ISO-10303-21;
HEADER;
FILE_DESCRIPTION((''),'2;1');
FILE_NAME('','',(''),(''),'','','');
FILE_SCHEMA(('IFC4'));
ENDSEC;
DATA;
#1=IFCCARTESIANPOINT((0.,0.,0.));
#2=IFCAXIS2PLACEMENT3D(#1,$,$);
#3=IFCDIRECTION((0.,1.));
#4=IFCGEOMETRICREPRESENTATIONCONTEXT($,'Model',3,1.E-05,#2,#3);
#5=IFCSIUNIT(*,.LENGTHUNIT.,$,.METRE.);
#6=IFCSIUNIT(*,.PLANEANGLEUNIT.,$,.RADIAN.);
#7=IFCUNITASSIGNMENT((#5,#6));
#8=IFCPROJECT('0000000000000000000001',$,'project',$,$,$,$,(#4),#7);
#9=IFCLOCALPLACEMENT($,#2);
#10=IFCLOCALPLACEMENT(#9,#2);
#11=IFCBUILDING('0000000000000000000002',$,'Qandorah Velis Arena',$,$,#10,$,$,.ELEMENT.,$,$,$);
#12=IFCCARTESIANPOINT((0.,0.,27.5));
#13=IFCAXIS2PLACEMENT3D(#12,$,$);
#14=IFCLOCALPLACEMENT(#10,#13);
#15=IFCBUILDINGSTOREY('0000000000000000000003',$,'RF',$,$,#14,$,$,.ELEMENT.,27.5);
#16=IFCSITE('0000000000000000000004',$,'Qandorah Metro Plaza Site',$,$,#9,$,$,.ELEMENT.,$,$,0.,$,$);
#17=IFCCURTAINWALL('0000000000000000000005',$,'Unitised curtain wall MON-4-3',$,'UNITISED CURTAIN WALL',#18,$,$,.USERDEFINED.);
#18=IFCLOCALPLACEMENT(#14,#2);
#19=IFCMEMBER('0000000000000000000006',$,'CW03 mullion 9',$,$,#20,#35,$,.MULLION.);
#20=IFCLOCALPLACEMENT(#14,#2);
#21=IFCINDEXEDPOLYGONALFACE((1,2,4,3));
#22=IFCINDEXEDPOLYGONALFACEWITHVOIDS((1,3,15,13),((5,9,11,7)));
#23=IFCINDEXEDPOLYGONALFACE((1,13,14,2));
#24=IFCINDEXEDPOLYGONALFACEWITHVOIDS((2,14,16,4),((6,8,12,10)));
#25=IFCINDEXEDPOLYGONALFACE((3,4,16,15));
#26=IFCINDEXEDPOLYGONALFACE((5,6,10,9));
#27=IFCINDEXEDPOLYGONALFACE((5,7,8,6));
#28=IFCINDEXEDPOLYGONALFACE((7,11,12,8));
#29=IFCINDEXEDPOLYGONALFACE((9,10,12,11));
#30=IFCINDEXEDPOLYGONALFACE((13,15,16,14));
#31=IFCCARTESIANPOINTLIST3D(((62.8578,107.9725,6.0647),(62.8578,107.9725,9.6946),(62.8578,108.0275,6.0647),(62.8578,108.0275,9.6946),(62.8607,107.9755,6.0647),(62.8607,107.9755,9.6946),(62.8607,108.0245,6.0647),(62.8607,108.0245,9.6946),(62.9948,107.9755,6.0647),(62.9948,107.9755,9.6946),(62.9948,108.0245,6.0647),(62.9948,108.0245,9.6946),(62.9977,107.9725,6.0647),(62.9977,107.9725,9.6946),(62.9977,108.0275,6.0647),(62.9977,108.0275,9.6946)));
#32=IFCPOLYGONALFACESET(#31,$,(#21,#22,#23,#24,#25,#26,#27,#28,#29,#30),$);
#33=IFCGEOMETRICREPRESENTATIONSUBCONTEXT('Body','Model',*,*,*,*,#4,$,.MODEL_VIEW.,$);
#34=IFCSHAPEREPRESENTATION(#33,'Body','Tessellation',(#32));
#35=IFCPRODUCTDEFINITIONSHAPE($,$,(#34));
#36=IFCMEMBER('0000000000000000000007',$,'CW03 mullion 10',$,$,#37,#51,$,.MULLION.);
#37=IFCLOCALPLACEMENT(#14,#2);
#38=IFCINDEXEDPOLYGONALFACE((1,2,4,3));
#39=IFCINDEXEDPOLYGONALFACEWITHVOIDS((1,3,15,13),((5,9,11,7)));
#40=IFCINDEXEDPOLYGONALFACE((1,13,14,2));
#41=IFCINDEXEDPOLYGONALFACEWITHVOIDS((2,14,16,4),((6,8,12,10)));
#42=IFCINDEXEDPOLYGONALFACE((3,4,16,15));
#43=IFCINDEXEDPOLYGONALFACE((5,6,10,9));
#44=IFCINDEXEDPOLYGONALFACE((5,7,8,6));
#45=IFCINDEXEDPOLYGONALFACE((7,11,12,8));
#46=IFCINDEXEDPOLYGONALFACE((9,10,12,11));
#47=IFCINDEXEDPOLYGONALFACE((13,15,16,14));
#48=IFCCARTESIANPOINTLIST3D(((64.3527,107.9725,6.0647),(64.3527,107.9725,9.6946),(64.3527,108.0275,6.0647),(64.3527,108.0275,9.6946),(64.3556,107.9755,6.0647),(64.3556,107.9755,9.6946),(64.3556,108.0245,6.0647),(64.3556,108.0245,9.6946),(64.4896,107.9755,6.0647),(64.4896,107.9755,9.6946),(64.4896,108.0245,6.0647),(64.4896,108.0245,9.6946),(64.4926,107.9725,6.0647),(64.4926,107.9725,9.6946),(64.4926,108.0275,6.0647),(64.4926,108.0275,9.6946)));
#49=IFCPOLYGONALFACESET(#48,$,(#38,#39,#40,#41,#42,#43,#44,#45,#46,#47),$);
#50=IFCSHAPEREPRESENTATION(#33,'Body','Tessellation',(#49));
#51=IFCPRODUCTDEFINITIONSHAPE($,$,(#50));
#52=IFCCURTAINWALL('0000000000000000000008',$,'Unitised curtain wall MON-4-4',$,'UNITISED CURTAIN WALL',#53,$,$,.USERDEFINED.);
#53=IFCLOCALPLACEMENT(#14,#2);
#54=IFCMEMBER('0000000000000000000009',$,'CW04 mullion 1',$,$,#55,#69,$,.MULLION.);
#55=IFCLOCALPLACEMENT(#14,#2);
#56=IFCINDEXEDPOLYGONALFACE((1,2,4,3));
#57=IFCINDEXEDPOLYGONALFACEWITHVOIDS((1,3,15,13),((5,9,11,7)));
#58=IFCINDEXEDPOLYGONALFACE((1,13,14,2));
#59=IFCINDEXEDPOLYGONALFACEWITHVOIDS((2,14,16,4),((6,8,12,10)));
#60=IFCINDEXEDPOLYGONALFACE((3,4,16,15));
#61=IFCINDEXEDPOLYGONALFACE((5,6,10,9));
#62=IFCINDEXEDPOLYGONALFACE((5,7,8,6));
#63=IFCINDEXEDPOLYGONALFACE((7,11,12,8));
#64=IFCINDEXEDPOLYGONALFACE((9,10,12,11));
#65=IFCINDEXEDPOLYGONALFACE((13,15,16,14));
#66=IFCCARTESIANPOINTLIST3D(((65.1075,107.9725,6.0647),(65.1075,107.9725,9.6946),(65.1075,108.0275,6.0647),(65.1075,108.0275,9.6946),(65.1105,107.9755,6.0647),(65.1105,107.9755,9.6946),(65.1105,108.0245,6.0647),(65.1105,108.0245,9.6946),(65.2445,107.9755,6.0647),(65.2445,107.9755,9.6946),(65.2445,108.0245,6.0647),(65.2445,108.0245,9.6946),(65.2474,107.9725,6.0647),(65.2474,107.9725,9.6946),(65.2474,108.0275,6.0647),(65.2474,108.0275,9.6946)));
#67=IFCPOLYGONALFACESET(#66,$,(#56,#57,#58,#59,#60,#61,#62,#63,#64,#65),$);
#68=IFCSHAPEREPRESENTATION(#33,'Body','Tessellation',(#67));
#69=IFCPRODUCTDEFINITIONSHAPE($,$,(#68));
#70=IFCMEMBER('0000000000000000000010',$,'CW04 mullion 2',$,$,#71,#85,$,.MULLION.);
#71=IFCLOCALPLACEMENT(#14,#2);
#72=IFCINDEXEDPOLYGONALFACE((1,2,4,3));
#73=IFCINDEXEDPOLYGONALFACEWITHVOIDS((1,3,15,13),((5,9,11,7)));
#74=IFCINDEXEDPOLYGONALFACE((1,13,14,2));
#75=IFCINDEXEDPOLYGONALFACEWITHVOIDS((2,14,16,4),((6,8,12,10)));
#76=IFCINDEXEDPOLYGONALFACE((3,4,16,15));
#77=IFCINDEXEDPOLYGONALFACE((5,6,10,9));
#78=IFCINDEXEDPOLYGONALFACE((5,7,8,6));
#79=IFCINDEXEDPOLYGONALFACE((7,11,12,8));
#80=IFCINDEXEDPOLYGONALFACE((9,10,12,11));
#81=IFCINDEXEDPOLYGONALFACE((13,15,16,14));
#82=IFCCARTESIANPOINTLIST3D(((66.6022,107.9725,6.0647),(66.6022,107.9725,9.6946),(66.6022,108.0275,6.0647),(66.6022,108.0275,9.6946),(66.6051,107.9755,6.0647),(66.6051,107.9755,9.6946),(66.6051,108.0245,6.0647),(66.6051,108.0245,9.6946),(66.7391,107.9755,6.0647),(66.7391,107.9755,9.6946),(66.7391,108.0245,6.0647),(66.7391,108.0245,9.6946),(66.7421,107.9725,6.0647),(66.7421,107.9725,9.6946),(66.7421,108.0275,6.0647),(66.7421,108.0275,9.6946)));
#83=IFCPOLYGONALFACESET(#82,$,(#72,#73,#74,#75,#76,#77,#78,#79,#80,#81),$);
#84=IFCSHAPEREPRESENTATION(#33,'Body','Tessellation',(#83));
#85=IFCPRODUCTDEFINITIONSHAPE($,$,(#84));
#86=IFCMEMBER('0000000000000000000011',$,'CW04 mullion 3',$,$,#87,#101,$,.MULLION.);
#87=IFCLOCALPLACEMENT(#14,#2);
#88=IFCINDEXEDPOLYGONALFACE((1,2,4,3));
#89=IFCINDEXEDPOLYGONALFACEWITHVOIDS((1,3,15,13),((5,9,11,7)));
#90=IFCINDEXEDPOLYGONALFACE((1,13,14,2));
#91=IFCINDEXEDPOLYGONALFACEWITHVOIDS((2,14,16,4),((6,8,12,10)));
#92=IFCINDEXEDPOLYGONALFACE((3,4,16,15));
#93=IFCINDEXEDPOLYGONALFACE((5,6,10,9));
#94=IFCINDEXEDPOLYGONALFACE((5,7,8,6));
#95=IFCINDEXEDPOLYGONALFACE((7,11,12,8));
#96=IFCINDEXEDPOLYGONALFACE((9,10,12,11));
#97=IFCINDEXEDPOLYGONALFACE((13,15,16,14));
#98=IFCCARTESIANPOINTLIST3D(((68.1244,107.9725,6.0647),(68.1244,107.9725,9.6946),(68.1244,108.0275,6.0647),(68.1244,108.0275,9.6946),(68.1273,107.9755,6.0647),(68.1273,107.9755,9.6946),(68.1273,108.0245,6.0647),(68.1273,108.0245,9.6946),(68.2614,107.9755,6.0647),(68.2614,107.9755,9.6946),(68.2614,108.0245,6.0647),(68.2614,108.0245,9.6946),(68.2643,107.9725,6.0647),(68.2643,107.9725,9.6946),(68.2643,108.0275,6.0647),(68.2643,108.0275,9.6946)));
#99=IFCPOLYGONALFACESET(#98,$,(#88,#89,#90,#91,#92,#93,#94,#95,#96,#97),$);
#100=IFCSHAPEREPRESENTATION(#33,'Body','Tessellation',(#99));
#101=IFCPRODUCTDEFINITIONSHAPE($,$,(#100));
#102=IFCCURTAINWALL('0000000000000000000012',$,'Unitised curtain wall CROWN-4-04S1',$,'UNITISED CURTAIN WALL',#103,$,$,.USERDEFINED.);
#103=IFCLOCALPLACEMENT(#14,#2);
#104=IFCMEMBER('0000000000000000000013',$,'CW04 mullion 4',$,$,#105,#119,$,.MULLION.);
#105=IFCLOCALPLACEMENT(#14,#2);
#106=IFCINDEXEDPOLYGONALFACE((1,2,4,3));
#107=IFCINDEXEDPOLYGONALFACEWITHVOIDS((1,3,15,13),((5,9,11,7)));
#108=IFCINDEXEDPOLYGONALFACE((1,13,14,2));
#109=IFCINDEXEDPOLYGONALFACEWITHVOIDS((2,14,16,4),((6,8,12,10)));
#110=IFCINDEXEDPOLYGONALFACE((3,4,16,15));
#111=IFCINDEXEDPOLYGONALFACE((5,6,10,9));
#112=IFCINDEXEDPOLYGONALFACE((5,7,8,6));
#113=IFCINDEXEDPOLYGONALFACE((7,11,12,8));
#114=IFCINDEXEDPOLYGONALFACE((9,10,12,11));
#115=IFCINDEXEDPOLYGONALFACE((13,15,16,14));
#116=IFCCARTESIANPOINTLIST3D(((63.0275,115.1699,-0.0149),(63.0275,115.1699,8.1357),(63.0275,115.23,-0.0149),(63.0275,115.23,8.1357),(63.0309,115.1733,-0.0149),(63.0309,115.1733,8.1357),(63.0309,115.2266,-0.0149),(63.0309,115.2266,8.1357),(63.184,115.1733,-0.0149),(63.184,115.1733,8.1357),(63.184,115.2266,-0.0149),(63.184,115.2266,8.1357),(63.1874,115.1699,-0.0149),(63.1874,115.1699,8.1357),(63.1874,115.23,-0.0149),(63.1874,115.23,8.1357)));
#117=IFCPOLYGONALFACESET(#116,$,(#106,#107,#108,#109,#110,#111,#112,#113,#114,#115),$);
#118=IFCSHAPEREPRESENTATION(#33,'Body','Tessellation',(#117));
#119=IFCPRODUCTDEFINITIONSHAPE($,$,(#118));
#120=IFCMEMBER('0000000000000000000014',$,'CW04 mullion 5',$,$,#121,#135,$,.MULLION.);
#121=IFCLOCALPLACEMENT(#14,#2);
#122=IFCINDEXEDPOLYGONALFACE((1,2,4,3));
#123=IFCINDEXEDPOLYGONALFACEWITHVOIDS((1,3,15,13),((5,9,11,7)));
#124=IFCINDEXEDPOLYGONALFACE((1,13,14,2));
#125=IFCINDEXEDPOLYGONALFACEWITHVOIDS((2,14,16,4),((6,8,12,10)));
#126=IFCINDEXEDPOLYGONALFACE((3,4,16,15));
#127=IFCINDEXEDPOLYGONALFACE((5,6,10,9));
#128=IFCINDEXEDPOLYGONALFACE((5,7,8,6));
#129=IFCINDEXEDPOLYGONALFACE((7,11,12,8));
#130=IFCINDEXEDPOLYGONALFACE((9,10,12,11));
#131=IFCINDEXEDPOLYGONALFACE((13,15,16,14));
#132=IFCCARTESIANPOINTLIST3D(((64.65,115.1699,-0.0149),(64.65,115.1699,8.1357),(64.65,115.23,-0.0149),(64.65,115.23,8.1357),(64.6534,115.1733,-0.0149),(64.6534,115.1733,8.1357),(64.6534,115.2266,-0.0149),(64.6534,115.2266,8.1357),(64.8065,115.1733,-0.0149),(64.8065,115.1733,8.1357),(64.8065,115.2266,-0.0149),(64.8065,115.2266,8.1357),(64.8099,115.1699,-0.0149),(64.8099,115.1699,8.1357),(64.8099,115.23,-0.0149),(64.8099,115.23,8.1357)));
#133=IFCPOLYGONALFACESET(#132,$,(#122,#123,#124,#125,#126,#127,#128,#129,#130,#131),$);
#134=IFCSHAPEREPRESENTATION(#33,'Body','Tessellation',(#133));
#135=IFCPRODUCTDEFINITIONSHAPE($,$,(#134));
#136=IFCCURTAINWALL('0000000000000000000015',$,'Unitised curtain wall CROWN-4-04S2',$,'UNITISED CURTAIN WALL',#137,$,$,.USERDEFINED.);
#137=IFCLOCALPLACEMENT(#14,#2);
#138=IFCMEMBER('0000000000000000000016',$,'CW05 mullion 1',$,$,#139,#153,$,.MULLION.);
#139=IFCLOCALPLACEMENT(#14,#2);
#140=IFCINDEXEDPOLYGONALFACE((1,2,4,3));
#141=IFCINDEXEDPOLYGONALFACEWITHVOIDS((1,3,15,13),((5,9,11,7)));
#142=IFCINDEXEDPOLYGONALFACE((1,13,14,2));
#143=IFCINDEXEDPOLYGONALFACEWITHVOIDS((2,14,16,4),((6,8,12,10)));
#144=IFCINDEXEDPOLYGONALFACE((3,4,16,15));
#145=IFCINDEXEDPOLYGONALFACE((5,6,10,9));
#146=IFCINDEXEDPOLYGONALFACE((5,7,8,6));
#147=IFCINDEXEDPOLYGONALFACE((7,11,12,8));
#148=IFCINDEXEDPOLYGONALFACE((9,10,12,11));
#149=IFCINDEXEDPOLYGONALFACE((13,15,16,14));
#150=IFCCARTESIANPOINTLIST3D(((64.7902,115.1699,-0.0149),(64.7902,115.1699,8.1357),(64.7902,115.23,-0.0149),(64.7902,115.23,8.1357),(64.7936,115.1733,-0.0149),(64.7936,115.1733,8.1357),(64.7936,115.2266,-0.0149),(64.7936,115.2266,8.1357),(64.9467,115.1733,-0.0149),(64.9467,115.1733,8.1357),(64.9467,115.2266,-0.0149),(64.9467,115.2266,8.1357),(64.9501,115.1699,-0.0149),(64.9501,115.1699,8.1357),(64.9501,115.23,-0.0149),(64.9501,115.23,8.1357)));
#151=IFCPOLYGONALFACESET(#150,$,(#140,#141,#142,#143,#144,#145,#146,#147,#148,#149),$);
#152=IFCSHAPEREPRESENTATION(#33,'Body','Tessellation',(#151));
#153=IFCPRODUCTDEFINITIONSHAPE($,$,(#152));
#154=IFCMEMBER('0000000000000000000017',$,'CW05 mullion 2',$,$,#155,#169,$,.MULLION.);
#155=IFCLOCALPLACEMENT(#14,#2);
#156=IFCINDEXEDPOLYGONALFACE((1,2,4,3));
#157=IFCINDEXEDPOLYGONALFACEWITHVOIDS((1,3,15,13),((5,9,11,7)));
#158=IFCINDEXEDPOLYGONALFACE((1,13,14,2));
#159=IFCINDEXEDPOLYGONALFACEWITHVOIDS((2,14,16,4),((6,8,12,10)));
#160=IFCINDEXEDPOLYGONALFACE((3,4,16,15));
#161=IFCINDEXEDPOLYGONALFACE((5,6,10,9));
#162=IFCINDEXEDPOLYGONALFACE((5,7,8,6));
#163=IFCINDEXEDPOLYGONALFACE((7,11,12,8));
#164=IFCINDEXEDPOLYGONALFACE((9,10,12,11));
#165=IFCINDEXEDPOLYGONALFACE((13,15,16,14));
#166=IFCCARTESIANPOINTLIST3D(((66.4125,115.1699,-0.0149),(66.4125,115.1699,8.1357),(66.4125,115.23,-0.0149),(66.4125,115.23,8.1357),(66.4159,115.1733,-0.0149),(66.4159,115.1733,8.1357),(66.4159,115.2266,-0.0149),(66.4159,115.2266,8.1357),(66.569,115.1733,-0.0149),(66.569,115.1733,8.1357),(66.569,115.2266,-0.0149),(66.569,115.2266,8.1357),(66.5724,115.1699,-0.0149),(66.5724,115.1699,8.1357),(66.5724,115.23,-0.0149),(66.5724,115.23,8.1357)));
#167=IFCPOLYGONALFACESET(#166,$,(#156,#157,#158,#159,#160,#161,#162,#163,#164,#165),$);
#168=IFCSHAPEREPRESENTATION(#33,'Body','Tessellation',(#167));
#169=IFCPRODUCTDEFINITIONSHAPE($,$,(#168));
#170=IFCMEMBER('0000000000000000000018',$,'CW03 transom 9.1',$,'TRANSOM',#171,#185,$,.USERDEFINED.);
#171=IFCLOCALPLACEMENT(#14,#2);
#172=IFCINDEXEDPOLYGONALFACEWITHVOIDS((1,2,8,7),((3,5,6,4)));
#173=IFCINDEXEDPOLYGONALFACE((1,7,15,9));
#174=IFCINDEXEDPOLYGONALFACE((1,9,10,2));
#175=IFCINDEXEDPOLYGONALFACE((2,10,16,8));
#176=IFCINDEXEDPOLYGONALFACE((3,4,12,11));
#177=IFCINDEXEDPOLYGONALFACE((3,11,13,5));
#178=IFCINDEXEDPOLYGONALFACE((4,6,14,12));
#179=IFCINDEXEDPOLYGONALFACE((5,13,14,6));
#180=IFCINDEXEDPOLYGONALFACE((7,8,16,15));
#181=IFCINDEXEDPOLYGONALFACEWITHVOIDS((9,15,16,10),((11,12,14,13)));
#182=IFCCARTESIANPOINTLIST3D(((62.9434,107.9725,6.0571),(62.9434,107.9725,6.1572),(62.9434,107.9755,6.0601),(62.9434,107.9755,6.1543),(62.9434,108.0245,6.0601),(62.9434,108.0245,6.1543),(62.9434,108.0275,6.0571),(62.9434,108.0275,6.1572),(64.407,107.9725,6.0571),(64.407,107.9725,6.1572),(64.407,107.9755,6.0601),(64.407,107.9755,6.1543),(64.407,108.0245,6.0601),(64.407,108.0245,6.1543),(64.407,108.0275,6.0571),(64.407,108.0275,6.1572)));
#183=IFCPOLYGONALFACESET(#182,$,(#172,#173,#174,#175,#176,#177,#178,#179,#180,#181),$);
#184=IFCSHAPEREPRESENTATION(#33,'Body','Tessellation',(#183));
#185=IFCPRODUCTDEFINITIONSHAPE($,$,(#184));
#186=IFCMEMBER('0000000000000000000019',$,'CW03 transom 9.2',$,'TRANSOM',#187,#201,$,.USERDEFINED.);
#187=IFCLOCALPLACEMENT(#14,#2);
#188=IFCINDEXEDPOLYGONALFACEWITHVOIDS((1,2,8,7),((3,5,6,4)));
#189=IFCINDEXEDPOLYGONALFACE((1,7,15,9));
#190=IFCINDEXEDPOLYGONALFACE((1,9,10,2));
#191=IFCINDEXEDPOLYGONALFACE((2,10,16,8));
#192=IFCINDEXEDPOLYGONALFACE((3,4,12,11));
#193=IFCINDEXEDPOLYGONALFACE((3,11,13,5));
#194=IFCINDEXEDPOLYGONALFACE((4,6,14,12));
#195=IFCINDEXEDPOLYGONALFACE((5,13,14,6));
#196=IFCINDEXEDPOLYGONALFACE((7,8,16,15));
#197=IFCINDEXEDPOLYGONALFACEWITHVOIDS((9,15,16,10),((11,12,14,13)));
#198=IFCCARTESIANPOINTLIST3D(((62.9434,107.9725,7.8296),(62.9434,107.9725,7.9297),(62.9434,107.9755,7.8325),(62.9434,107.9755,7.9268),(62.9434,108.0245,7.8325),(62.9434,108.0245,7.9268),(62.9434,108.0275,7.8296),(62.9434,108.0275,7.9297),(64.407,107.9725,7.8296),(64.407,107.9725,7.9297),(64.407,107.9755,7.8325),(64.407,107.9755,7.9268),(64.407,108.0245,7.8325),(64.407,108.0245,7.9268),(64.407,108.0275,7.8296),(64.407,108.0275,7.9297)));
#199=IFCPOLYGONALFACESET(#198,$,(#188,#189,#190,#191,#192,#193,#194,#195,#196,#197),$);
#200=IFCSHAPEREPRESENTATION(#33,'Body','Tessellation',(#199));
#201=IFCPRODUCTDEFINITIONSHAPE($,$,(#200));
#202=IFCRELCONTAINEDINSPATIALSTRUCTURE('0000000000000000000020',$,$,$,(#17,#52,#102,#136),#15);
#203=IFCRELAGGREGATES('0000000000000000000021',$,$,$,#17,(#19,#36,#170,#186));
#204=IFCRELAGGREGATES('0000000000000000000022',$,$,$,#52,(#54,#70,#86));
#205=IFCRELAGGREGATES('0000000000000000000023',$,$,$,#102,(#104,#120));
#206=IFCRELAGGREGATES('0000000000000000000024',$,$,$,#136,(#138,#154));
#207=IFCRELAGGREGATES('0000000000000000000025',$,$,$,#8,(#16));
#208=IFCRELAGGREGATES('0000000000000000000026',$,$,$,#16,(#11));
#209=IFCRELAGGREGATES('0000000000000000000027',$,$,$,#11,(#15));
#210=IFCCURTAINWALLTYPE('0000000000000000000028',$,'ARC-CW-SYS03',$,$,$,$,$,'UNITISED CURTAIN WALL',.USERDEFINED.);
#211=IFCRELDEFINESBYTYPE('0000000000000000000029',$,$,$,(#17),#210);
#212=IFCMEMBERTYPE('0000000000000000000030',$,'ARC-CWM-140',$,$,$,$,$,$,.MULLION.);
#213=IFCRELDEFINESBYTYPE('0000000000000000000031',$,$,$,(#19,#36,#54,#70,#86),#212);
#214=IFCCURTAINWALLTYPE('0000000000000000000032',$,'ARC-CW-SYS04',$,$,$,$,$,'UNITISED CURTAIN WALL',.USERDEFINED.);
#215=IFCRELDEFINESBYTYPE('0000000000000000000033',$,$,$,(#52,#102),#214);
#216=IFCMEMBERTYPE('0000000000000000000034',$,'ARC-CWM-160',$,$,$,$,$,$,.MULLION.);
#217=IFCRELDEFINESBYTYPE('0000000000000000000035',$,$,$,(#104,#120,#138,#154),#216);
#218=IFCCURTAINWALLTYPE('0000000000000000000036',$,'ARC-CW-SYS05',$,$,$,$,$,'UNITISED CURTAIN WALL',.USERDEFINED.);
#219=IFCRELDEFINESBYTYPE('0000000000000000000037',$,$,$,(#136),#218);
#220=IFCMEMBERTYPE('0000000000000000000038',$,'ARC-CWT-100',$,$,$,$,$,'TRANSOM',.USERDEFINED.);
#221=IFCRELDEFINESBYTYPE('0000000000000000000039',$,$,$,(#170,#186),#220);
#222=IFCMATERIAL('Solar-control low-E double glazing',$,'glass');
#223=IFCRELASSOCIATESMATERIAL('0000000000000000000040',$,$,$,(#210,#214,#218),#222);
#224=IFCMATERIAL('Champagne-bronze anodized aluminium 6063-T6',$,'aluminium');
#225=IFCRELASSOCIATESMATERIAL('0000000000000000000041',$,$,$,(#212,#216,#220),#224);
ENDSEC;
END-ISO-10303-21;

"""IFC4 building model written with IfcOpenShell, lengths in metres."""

from ifc_helpers import new_model, si_unit, direction, frame, origin, origin_2d, place, context, subcontext, project, spatial, hollow_rectangle, extrude, material, material_profile, profile_set, type_object, element, aggregate, save


model = new_model("IFC4")

# Units and contexts
model_context = context("Model", 3, precision=1e-05, world=origin(), true_north=direction((0.0, 1.0)))
body_context = subcontext(model_context, "Body", "Model", "MODEL_VIEW")
ifc_project = project(units=[si_unit("LENGTHUNIT", "METRE"), si_unit("PLANEANGLEUNIT", "RADIAN")], contexts=[model_context])

# Site, building, storey
site_placement = place(None, origin())
site = spatial("IfcSite", under=ifc_project, at=site_placement, Name="Qandorah Metro Plaza Site", CompositionType="ELEMENT", RefElevation=0.0)
building_placement = place(site_placement, origin())
building = spatial("IfcBuilding", under=site, at=building_placement, Name="Qandorah Velis Arena", CompositionType="ELEMENT")
storey_placement = place(building_placement, frame((0.0, 0.0, 27.5)))
storey = spatial("IfcBuildingStorey", under=building, at=storey_placement, Name="RF", CompositionType="ELEMENT", Elevation=27.5)

# Curtain walls, members
ifc_material_1 = material(Name="Solar-control low-E double glazing", Category="glass")
curtain_wall_type_1 = type_object("IfcCurtainWallType", Name="ARC-CW-SYS03", ElementType="UNITISED CURTAIN WALL", PredefinedType="USERDEFINED", material=ifc_material_1)
curtain_wall_1_placement = place(storey_placement, origin())
curtain_wall_1 = element("IfcCurtainWall", 1, at=curtain_wall_1_placement, inside=storey, type_object=curtain_wall_type_1, Name="Unitised curtain wall MON-4-3", ObjectType="UNITISED CURTAIN WALL", PredefinedType="USERDEFINED")
ifc_material_2 = material(Name="Champagne-bronze anodized aluminium 6063-T6", Category="aluminium")
ifc_material_profile_1 = material_profile(ifc_material_2, hollow_rectangle(XDim=0.0549, YDim=0.1399, WallThickness=0.0029, at=origin_2d()), Name="ALU MULLION 55x140")
ifc_profile_set_1 = profile_set([ifc_material_profile_1], Name="Champagne-bronze anodized aluminium 6063-T6")
member_type_1 = type_object("IfcMemberType", Name="ARC-CWM-140", PredefinedType="MULLION", material=ifc_profile_set_1)
member_1_placement = place(storey_placement, frame((62.9277, 108.0, 6.0647), z_axis=(0.0, 0.0, 1.0), x_axis=(0.0, 1.0, 0.0)))
member_1 = element("IfcMember", 2, at=member_1_placement, type_object=member_type_1, Name="CW03 mullion 9", PredefinedType="MULLION", context=body_context, shape_type="SweptSolid", body=[
    extrude(hollow_rectangle(XDim=0.0549, YDim=0.1399, WallThickness=0.0029, at=origin_2d()), origin(), (0.0, 0.0, 1.0), 3.6299),
])
member_2_placement = place(storey_placement, frame((64.4226, 108.0, 6.0647), z_axis=(0.0, 0.0, 1.0), x_axis=(0.0, 1.0, 0.0)))
member_2 = element("IfcMember", 3, at=member_2_placement, type_object=member_type_1, Name="CW03 mullion 10", PredefinedType="MULLION", context=body_context, shape_type="SweptSolid", body=[
    extrude(hollow_rectangle(XDim=0.0549, YDim=0.1399, WallThickness=0.0029, at=origin_2d()), origin(), (0.0, 0.0, 1.0), 3.6299),
])
curtain_wall_type_2 = type_object("IfcCurtainWallType", Name="ARC-CW-SYS04", ElementType="UNITISED CURTAIN WALL", PredefinedType="USERDEFINED", material=ifc_material_1)
curtain_wall_2_placement = place(storey_placement, origin())
curtain_wall_2 = element("IfcCurtainWall", 4, at=curtain_wall_2_placement, inside=storey, type_object=curtain_wall_type_2, Name="Unitised curtain wall MON-4-4", ObjectType="UNITISED CURTAIN WALL", PredefinedType="USERDEFINED")
member_3_placement = place(storey_placement, frame((65.1775, 108.0, 6.0647), z_axis=(0.0, 0.0, 1.0), x_axis=(0.0, 1.0, 0.0)))
member_3 = element("IfcMember", 5, at=member_3_placement, type_object=member_type_1, Name="CW04 mullion 1", PredefinedType="MULLION", context=body_context, shape_type="SweptSolid", body=[
    extrude(hollow_rectangle(XDim=0.0549, YDim=0.1399, WallThickness=0.0029, at=origin_2d()), origin(), (0.0, 0.0, 1.0), 3.6299),
])
member_4_placement = place(storey_placement, frame((66.6721, 108.0, 6.0647), z_axis=(0.0, 0.0, 1.0), x_axis=(0.0, 1.0, 0.0)))
member_4 = element("IfcMember", 6, at=member_4_placement, type_object=member_type_1, Name="CW04 mullion 2", PredefinedType="MULLION", context=body_context, shape_type="SweptSolid", body=[
    extrude(hollow_rectangle(XDim=0.0549, YDim=0.1399, WallThickness=0.0029, at=origin_2d()), origin(), (0.0, 0.0, 1.0), 3.6299),
])
member_5_placement = place(storey_placement, frame((68.1943, 108.0, 6.0647), z_axis=(0.0, 0.0, 1.0), x_axis=(0.0, 1.0, 0.0)))
member_5 = element("IfcMember", 7, at=member_5_placement, type_object=member_type_1, Name="CW04 mullion 3", PredefinedType="MULLION", context=body_context, shape_type="SweptSolid", body=[
    extrude(hollow_rectangle(XDim=0.0549, YDim=0.1399, WallThickness=0.0029, at=origin_2d()), origin(), (0.0, 0.0, 1.0), 3.6299),
])
curtain_wall_3_placement = place(storey_placement, origin())
curtain_wall_3 = element("IfcCurtainWall", 8, at=curtain_wall_3_placement, inside=storey, type_object=curtain_wall_type_2, Name="Unitised curtain wall CROWN-4-04S1", ObjectType="UNITISED CURTAIN WALL", PredefinedType="USERDEFINED")
ifc_material_profile_2 = material_profile(ifc_material_2, hollow_rectangle(XDim=0.0601, YDim=0.1599, WallThickness=0.0034, at=origin_2d()), Name="ALU MULLION 60x160")
ifc_profile_set_2 = profile_set([ifc_material_profile_2], Name="Champagne-bronze anodized aluminium 6063-T6")
member_type_2 = type_object("IfcMemberType", Name="ARC-CWM-160", PredefinedType="MULLION", material=ifc_profile_set_2)
member_6_placement = place(storey_placement, frame((63.1074, 115.2, -0.0149), z_axis=(0.0, 0.0, 1.0), x_axis=(0.0, 1.0, 0.0)))
member_6 = element("IfcMember", 9, at=member_6_placement, type_object=member_type_2, Name="CW04 mullion 4", PredefinedType="MULLION", context=body_context, shape_type="SweptSolid", body=[
    extrude(hollow_rectangle(XDim=0.0601, YDim=0.1599, WallThickness=0.0034, at=origin_2d()), origin(), (0.0, 0.0, 1.0), 8.1506),
])
member_7_placement = place(storey_placement, frame((64.73, 115.2, -0.0149), z_axis=(0.0, 0.0, 1.0), x_axis=(0.0, 1.0, 0.0)))
member_7 = element("IfcMember", 10, at=member_7_placement, type_object=member_type_2, Name="CW04 mullion 5", PredefinedType="MULLION", context=body_context, shape_type="SweptSolid", body=[
    extrude(hollow_rectangle(XDim=0.0601, YDim=0.1599, WallThickness=0.0034, at=origin_2d()), origin(), (0.0, 0.0, 1.0), 8.1506),
])
curtain_wall_type_3 = type_object("IfcCurtainWallType", Name="ARC-CW-SYS05", ElementType="UNITISED CURTAIN WALL", PredefinedType="USERDEFINED", material=ifc_material_1)
curtain_wall_4_placement = place(storey_placement, origin())
curtain_wall_4 = element("IfcCurtainWall", 11, at=curtain_wall_4_placement, inside=storey, type_object=curtain_wall_type_3, Name="Unitised curtain wall CROWN-4-04S2", ObjectType="UNITISED CURTAIN WALL", PredefinedType="USERDEFINED")
member_8_placement = place(storey_placement, frame((64.8701, 115.2, -0.0149), z_axis=(0.0, 0.0, 1.0), x_axis=(0.0, 1.0, 0.0)))
member_8 = element("IfcMember", 12, at=member_8_placement, type_object=member_type_2, Name="CW05 mullion 1", PredefinedType="MULLION", context=body_context, shape_type="SweptSolid", body=[
    extrude(hollow_rectangle(XDim=0.0601, YDim=0.1599, WallThickness=0.0034, at=origin_2d()), origin(), (0.0, 0.0, 1.0), 8.1506),
])
member_9_placement = place(storey_placement, frame((66.4924, 115.2, -0.0149), z_axis=(0.0, 0.0, 1.0), x_axis=(0.0, 1.0, 0.0)))
member_9 = element("IfcMember", 13, at=member_9_placement, type_object=member_type_2, Name="CW05 mullion 2", PredefinedType="MULLION", context=body_context, shape_type="SweptSolid", body=[
    extrude(hollow_rectangle(XDim=0.0601, YDim=0.1599, WallThickness=0.0034, at=origin_2d()), origin(), (0.0, 0.0, 1.0), 8.1506),
])

# Members
ifc_material_profile_3 = material_profile(ifc_material_2, hollow_rectangle(XDim=0.0549, YDim=0.1001, WallThickness=0.0029, at=origin_2d()), Name="ALU TRANSOM 55x100")
ifc_profile_set_3 = profile_set([ifc_material_profile_3], Name="Champagne-bronze anodized aluminium 6063-T6")
member_type_3 = type_object("IfcMemberType", Name="ARC-CWT-100", ElementType="TRANSOM", PredefinedType="USERDEFINED", material=ifc_profile_set_3)
member_10_placement = place(storey_placement, frame((62.9434, 108.0, 6.1072), z_axis=(1.0, 0.0, 0.0), x_axis=(0.0, 1.0, 0.0)))
member_10 = element("IfcMember", 14, at=member_10_placement, type_object=member_type_3, Name="CW03 transom 9.1", ObjectType="TRANSOM", PredefinedType="USERDEFINED", context=body_context, shape_type="SweptSolid", body=[
    extrude(hollow_rectangle(XDim=0.0549, YDim=0.1001, WallThickness=0.0029, at=origin_2d()), origin(), (0.0, 0.0, 1.0), 1.4636),
])
member_11_placement = place(storey_placement, frame((62.9434, 108.0, 7.8796), z_axis=(1.0, 0.0, 0.0), x_axis=(0.0, 1.0, 0.0)))
member_11 = element("IfcMember", 15, at=member_11_placement, type_object=member_type_3, Name="CW03 transom 9.2", ObjectType="TRANSOM", PredefinedType="USERDEFINED", context=body_context, shape_type="SweptSolid", body=[
    extrude(hollow_rectangle(XDim=0.0549, YDim=0.1001, WallThickness=0.0029, at=origin_2d()), origin(), (0.0, 0.0, 1.0), 1.4636),
])

aggregate(curtain_wall_1, [member_1, member_2, member_10, member_11])
aggregate(curtain_wall_2, [member_3, member_4, member_5])
aggregate(curtain_wall_3, [member_6, member_7])
aggregate(curtain_wall_4, [member_8, member_9])

save(model, "model.ifc")
